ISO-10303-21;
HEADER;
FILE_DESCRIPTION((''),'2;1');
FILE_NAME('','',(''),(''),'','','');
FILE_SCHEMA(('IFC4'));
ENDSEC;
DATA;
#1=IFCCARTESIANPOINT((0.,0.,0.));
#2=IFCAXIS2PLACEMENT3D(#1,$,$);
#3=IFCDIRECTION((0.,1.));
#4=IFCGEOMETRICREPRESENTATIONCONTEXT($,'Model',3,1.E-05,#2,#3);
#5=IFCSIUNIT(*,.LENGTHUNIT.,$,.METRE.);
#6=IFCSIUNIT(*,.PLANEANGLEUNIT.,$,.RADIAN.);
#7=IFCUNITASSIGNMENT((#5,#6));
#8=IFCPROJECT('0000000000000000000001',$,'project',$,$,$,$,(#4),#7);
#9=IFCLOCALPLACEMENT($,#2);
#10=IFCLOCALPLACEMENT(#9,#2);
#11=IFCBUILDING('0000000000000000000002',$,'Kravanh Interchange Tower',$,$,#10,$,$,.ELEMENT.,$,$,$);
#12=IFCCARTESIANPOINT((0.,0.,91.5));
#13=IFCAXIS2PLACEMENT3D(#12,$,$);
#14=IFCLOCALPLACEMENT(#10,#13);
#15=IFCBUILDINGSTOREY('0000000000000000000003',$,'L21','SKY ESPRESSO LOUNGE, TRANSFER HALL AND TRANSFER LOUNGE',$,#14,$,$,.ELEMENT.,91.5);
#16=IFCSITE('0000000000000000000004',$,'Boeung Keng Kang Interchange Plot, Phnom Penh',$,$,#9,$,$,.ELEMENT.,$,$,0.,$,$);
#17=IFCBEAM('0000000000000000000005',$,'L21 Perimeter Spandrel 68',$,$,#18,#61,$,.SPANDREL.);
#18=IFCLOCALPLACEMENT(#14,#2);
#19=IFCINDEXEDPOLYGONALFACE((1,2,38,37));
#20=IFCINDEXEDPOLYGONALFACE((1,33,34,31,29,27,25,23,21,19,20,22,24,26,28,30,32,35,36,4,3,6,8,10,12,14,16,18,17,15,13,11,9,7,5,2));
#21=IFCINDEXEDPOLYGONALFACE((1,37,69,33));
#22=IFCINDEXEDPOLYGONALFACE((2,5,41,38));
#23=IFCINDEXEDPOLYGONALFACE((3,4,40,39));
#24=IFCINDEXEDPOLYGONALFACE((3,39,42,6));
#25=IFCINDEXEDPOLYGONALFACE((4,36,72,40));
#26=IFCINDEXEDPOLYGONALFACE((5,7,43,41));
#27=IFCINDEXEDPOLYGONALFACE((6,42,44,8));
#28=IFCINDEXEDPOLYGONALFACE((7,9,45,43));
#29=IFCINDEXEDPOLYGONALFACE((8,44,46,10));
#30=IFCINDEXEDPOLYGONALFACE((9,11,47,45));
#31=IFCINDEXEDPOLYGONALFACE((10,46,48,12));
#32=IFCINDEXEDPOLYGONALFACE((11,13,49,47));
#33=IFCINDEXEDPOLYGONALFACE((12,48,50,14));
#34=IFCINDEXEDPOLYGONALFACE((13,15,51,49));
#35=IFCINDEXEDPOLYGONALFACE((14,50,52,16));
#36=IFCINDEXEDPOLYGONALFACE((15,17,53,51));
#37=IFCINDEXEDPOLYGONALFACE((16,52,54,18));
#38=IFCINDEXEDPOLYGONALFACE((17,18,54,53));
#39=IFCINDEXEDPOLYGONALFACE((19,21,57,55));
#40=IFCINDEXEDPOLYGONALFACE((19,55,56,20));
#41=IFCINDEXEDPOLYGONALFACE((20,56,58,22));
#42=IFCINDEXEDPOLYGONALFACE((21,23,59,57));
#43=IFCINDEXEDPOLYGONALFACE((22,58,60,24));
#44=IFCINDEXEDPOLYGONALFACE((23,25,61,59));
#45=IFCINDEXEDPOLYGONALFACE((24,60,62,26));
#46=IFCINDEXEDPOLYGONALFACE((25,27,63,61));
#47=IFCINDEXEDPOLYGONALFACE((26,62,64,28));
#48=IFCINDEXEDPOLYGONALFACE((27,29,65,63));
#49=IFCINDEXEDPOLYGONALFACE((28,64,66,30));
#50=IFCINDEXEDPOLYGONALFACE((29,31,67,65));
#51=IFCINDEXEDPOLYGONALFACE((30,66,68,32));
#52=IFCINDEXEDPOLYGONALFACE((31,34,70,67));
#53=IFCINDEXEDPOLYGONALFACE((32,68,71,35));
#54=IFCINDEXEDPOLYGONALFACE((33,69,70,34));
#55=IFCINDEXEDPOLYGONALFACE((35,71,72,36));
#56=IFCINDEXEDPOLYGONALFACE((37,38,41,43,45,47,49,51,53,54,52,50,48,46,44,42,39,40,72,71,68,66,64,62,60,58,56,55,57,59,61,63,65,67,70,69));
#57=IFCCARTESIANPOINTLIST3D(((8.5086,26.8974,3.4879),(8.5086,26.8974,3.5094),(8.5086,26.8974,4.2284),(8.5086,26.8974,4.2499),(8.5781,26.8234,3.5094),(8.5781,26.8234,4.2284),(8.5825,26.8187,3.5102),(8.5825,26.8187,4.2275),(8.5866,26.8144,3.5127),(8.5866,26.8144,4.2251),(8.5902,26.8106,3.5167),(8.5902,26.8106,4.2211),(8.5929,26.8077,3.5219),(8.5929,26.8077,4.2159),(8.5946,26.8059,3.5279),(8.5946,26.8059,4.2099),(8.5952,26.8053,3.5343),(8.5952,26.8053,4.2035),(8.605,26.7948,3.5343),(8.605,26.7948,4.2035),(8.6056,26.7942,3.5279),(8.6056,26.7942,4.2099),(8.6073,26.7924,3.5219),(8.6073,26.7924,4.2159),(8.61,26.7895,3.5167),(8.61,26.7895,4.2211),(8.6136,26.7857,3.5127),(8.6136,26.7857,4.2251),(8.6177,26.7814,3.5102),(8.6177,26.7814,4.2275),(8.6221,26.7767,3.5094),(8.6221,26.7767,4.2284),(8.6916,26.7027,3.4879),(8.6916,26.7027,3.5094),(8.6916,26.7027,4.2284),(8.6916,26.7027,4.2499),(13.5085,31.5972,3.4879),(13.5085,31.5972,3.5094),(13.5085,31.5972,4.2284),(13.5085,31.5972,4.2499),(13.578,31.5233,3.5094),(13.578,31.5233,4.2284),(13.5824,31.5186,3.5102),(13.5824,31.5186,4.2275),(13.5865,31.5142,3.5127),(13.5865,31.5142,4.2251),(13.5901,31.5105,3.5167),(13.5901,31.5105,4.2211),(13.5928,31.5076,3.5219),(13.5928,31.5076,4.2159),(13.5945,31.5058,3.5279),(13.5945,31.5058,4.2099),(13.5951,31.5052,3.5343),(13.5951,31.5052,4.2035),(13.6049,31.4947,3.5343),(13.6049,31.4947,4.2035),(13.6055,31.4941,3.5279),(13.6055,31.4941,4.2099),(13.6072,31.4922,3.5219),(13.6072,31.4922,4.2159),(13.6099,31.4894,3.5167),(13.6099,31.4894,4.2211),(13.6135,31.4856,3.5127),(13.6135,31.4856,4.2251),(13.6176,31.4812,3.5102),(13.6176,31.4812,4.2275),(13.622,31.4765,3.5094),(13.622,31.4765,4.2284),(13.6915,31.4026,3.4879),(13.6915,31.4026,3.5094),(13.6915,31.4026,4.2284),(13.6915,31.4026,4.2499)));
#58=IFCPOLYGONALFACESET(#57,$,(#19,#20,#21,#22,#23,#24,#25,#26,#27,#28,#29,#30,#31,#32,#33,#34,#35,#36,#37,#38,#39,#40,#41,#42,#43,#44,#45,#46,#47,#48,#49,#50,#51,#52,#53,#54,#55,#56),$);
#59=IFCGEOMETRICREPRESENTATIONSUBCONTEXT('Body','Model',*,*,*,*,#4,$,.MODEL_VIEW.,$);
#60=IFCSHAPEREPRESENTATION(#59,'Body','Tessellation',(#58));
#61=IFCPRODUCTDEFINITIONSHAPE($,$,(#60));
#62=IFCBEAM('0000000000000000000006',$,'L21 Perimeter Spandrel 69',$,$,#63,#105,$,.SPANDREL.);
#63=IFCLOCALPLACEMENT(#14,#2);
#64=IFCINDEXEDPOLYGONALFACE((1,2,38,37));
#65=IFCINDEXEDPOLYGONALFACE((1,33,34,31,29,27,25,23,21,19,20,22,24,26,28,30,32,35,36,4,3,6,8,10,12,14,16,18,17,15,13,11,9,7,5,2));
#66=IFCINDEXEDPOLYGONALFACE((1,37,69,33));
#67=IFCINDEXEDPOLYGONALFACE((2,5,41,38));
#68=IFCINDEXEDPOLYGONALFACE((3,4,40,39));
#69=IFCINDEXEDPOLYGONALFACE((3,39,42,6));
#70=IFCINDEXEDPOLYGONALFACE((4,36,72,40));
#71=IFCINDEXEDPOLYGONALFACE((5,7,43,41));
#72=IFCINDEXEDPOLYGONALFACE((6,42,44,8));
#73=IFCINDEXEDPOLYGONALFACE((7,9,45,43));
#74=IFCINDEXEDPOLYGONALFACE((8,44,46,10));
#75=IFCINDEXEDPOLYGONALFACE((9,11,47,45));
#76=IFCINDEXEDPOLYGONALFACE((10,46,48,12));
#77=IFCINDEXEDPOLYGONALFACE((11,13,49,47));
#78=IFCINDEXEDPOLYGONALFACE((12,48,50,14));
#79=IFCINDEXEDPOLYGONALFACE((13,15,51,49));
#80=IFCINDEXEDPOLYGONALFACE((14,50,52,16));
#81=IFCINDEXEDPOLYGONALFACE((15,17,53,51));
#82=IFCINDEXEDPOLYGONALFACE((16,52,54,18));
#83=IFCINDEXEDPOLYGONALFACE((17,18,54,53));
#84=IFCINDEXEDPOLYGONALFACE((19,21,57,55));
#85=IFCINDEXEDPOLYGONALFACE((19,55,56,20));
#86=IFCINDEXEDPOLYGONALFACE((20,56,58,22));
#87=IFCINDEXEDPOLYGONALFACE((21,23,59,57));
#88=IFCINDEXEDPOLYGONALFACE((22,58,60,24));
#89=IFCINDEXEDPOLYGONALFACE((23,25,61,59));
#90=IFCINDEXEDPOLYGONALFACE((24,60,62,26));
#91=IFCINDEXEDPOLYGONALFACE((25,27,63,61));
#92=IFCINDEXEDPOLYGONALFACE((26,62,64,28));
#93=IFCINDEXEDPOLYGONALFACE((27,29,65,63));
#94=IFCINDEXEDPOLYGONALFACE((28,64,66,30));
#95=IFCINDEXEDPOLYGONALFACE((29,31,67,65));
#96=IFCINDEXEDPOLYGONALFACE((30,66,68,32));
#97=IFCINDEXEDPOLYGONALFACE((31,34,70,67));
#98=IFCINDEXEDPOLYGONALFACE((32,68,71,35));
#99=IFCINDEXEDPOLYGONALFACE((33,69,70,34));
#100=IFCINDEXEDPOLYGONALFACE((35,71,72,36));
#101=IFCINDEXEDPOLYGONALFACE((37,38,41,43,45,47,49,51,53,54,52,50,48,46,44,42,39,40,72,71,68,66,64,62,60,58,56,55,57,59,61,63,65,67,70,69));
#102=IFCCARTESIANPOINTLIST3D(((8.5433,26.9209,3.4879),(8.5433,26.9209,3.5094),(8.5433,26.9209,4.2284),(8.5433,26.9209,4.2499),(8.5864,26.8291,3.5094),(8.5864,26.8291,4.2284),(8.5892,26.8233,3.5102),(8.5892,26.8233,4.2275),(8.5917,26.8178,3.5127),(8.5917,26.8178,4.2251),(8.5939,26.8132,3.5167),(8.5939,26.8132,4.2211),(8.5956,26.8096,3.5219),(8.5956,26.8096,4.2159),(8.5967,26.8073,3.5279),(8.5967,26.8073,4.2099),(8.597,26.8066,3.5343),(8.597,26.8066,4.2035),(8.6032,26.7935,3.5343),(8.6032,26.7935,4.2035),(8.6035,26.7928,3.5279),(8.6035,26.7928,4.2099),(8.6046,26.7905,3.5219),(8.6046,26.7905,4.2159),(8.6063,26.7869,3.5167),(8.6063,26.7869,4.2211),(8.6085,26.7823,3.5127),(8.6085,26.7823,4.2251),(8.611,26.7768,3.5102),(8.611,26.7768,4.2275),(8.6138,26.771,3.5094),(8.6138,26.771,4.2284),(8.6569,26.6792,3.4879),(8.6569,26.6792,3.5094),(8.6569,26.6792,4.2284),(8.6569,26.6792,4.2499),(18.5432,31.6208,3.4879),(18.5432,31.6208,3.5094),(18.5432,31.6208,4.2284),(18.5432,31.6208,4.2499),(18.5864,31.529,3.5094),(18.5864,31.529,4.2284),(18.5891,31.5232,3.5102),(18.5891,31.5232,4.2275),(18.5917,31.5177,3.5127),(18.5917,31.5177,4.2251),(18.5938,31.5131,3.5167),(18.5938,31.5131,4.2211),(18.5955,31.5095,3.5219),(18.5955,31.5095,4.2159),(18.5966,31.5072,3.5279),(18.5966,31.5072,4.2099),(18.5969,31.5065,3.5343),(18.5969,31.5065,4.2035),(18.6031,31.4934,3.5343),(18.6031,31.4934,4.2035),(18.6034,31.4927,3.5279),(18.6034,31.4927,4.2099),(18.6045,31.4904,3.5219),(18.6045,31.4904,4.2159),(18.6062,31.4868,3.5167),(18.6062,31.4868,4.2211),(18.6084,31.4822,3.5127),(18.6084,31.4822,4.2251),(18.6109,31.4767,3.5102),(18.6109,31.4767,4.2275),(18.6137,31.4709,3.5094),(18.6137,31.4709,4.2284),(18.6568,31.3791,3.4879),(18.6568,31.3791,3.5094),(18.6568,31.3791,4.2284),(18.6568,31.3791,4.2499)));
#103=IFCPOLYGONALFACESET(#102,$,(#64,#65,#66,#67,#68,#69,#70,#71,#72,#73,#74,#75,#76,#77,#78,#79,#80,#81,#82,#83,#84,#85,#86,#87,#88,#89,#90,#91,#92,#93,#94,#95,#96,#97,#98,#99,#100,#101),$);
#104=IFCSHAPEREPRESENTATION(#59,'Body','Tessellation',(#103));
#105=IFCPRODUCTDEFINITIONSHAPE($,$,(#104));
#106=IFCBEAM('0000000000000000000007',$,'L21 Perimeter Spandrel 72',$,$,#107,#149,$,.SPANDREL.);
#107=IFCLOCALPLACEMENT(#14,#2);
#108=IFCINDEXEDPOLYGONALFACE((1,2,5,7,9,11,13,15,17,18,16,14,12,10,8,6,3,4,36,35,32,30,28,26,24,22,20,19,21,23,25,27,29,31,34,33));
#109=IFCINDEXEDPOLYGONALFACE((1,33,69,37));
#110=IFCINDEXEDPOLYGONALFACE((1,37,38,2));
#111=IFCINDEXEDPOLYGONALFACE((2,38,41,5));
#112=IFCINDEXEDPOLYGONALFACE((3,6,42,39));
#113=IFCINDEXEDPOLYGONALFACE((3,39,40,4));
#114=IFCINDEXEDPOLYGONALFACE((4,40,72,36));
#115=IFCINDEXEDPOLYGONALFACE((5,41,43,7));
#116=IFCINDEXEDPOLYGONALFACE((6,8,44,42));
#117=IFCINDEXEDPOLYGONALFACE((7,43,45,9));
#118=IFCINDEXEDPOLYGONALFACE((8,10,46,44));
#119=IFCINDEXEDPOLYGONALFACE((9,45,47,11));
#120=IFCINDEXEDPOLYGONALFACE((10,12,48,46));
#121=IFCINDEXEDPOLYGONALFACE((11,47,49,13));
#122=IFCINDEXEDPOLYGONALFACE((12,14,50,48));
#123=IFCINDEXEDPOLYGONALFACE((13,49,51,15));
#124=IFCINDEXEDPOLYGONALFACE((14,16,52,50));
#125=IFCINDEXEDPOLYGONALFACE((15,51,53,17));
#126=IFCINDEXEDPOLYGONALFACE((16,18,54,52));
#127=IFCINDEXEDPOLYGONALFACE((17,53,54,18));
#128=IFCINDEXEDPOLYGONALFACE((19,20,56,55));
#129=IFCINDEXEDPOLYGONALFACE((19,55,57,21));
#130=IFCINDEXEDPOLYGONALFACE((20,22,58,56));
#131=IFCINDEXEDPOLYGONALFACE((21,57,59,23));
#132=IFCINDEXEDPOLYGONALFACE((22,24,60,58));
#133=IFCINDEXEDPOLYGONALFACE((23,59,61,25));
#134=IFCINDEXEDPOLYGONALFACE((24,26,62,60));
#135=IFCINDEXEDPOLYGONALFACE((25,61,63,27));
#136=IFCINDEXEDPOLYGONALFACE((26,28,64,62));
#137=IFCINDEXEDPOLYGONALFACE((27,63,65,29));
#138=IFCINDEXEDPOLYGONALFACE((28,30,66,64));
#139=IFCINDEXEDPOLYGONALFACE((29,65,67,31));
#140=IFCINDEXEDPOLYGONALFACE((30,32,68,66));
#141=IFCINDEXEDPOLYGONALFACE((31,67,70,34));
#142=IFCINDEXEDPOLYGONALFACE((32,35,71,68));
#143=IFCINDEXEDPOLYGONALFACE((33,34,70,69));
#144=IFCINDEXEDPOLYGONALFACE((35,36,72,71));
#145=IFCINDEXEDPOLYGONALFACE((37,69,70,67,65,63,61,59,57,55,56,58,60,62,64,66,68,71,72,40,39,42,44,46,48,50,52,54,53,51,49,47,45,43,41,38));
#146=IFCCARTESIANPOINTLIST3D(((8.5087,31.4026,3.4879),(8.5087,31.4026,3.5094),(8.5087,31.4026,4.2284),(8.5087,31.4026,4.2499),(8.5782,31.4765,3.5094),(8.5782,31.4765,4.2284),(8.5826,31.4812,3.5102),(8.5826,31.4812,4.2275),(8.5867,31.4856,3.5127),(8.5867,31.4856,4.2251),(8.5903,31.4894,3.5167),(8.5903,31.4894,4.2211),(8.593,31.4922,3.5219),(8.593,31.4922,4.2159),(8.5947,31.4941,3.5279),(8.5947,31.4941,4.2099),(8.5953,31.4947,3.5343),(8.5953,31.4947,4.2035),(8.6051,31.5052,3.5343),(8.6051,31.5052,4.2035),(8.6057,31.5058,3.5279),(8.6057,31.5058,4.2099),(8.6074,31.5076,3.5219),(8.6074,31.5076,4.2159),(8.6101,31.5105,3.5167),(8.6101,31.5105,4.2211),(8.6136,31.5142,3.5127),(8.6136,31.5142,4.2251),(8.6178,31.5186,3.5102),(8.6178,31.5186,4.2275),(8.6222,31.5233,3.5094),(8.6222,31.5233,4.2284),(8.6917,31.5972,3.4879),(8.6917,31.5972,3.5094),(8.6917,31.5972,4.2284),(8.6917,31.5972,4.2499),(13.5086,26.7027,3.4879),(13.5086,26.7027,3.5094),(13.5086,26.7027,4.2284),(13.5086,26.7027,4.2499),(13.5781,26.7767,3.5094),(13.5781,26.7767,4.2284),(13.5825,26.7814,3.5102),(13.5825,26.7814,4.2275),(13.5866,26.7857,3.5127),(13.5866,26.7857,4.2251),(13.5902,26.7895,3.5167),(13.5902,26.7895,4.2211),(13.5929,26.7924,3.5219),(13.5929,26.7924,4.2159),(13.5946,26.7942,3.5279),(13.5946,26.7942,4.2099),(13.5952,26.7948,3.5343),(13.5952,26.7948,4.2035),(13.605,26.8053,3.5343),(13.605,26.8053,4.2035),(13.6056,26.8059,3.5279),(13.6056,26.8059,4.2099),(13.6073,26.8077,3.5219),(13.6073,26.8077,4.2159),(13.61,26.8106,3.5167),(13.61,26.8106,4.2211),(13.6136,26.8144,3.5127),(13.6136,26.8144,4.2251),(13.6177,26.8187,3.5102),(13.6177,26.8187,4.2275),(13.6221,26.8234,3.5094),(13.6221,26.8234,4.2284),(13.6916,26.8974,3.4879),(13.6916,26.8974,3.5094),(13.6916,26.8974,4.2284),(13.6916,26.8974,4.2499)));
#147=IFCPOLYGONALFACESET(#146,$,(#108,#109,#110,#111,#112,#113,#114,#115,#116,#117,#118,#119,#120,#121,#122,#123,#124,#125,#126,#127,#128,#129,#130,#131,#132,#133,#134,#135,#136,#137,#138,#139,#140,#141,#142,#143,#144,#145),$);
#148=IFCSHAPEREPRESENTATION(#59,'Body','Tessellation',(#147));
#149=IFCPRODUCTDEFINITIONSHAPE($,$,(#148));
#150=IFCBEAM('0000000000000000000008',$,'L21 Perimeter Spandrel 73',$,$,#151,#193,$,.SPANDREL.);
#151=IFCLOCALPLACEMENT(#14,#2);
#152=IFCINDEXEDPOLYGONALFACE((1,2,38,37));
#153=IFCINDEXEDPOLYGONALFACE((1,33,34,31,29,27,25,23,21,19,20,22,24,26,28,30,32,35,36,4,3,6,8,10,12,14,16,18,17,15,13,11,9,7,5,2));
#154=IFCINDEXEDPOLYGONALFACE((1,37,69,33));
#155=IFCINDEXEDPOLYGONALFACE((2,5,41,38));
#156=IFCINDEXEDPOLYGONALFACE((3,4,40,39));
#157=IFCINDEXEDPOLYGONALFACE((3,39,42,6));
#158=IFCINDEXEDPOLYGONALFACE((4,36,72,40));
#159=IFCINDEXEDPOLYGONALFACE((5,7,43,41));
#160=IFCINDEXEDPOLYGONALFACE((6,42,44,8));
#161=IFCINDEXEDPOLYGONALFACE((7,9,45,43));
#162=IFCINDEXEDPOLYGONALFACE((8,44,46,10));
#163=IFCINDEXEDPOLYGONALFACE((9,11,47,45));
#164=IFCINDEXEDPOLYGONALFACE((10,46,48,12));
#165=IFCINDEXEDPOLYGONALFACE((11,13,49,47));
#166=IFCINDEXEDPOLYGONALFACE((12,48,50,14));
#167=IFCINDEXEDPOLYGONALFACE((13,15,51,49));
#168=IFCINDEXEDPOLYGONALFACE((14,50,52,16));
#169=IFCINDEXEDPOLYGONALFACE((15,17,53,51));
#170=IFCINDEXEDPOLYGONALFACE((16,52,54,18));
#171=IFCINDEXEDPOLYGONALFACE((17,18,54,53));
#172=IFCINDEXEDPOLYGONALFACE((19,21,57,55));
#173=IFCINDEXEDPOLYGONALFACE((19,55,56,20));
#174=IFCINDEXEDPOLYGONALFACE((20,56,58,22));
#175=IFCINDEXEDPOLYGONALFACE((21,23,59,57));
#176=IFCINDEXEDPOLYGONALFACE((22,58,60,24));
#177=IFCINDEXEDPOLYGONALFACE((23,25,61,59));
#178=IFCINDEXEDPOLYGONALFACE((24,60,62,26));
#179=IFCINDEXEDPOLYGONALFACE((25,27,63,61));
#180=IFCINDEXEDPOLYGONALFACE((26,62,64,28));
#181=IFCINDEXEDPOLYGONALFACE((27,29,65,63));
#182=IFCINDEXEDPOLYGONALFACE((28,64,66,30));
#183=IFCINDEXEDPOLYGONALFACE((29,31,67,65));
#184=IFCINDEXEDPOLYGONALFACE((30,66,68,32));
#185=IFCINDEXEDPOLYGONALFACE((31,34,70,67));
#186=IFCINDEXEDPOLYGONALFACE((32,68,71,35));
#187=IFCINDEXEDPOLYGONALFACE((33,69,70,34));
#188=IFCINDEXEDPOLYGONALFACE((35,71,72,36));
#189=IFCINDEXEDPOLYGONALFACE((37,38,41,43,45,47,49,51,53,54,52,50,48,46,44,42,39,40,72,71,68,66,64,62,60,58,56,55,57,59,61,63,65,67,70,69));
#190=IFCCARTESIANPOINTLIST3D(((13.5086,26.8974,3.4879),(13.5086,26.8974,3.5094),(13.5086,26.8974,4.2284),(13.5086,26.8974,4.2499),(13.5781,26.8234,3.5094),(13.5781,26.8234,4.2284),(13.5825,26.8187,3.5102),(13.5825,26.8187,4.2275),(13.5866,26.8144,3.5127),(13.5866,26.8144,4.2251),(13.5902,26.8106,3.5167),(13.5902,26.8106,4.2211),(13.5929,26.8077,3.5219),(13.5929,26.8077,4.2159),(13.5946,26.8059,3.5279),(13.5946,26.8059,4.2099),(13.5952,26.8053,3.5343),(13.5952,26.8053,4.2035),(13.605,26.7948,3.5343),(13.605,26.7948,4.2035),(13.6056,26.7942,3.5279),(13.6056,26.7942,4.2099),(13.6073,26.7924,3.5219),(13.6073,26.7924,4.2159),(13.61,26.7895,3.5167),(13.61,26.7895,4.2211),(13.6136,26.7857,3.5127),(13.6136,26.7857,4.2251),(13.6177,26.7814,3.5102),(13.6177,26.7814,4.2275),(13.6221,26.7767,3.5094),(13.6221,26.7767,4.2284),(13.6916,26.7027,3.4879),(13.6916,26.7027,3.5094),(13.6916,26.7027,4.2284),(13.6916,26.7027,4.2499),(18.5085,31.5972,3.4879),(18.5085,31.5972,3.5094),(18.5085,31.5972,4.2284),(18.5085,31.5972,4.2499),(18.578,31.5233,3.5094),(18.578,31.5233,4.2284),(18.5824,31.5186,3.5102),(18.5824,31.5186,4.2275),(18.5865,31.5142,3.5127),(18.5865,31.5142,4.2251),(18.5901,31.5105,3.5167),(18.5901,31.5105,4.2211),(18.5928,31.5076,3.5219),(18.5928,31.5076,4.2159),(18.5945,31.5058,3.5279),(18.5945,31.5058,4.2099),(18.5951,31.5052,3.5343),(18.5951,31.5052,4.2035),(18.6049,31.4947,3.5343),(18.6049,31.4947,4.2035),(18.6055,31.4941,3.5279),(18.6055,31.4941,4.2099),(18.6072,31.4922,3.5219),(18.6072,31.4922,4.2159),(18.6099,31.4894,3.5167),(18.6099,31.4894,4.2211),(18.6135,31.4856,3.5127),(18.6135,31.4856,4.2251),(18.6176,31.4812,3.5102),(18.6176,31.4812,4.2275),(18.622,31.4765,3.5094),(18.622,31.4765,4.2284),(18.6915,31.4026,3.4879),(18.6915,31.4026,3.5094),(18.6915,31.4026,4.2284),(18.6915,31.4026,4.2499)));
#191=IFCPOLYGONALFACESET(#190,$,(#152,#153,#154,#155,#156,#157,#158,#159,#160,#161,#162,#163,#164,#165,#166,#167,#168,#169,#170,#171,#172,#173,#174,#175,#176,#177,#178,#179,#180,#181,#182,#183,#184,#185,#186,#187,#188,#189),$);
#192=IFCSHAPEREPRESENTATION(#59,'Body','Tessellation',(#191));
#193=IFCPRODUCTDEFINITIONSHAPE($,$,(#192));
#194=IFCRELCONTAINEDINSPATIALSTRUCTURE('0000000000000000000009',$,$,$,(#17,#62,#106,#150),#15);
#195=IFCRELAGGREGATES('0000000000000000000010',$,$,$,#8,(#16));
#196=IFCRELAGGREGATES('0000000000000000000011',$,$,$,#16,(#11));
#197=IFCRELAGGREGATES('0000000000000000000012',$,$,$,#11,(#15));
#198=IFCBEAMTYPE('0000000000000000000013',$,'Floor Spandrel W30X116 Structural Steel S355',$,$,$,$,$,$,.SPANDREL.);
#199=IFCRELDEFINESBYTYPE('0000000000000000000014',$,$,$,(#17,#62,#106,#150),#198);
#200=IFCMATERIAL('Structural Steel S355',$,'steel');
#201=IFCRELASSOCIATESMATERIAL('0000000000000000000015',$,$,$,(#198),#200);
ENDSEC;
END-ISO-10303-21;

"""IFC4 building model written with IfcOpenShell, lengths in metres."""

from ifc_helpers import new_model, si_unit, direction, frame, origin, origin_2d, place, context, subcontext, project, spatial, i_section, extrude, material, material_profile, profile_set, type_object, element, save


model = new_model("IFC4")

# Units and contexts
model_context = context("Model", 3, precision=1e-05, world=origin(), true_north=direction((0.0, 1.0)))
body_context = subcontext(model_context, "Body", "Model", "MODEL_VIEW")
ifc_project = project(units=[si_unit("LENGTHUNIT", "METRE"), si_unit("PLANEANGLEUNIT", "RADIAN")], contexts=[model_context])

# Site, building, storey
site_placement = place(None, origin())
site = spatial("IfcSite", under=ifc_project, at=site_placement, Name="Boeung Keng Kang Interchange Plot, Phnom Penh", CompositionType="ELEMENT", RefElevation=0.0)
building_placement = place(site_placement, origin())
building = spatial("IfcBuilding", under=site, at=building_placement, Name="Kravanh Interchange Tower", CompositionType="ELEMENT")
storey_placement = place(building_placement, frame((0.0, 0.0, 91.5)))
storey = spatial("IfcBuildingStorey", under=building, at=storey_placement, Name="L21", Description="SKY ESPRESSO LOUNGE, TRANSFER HALL AND TRANSFER LOUNGE", CompositionType="ELEMENT", Elevation=91.5)

# Beams
ifc_material_1 = material(Name="Structural Steel S355", Category="steel")
ifc_material_profile_1 = material_profile(ifc_material_1, i_section(OverallWidth=0.2671, OverallDepth=0.762, WebThickness=0.0144, FlangeThickness=0.0215, FilletRadius=0.0249, at=origin_2d()), Name="W30X116")
ifc_profile_set_1 = profile_set([ifc_material_profile_1], Name="Structural Steel S355")
beam_type_1 = type_object("IfcBeamType", Name="Floor Spandrel W30X116 Structural Steel S355", PredefinedType="SPANDREL", material=ifc_profile_set_1)
beam_1_placement = place(storey_placement, frame((8.6001, 26.8, 3.8689), z_axis=(0.728631, 0.684906, 0.0), x_axis=(-0.684906, 0.728631, 0.0)))
element("IfcBeam", 1, at=beam_1_placement, inside=storey, type_object=beam_type_1, Name="L21 Perimeter Spandrel 68", PredefinedType="SPANDREL", context=body_context, shape_type="SweptSolid", body=[
    extrude(i_section(OverallWidth=0.2671, OverallDepth=0.762, WebThickness=0.0144, FlangeThickness=0.0215, FilletRadius=0.0249, at=origin_2d()), origin(), (0.0, 0.0, 1.0), 6.8621),
])
beam_2_placement = place(storey_placement, frame((8.6001, 26.8, 3.8689), z_axis=(0.905025, 0.425358, 0.0), x_axis=(-0.425358, 0.905025, 0.0)))
element("IfcBeam", 2, at=beam_2_placement, inside=storey, type_object=beam_type_1, Name="L21 Perimeter Spandrel 69", PredefinedType="SPANDREL", context=body_context, shape_type="SweptSolid", body=[
    extrude(i_section(OverallWidth=0.2671, OverallDepth=0.762, WebThickness=0.0144, FlangeThickness=0.0215, FilletRadius=0.0249, at=origin_2d()), origin(), (0.0, 0.0, 1.0), 11.0493),
])
for number, where, z_axis, x_axis, name in (
    (3, (13.6001, 26.8, 3.8689), (-0.728631, 0.684906, 0.0), (-0.684906, -0.728631, 0.0), "L21 Perimeter Spandrel 72"),
    (4, (13.6001, 26.8, 3.8689), (0.728631, 0.684906, 0.0), (-0.684906, 0.728631, 0.0), "L21 Perimeter Spandrel 73"),
):
    element("IfcBeam", number, at=place(storey_placement, frame(where, z_axis=z_axis, x_axis=x_axis)), inside=storey, type_object=beam_type_1, Name=name, PredefinedType="SPANDREL", context=body_context, shape_type="SweptSolid", body=[
        extrude(i_section(OverallWidth=0.2671, OverallDepth=0.762, WebThickness=0.0144, FlangeThickness=0.0215, FilletRadius=0.0249, at=origin_2d()), origin(), (0.0, 0.0, 1.0), 6.8621),
    ])

save(model, "model.ifc")
